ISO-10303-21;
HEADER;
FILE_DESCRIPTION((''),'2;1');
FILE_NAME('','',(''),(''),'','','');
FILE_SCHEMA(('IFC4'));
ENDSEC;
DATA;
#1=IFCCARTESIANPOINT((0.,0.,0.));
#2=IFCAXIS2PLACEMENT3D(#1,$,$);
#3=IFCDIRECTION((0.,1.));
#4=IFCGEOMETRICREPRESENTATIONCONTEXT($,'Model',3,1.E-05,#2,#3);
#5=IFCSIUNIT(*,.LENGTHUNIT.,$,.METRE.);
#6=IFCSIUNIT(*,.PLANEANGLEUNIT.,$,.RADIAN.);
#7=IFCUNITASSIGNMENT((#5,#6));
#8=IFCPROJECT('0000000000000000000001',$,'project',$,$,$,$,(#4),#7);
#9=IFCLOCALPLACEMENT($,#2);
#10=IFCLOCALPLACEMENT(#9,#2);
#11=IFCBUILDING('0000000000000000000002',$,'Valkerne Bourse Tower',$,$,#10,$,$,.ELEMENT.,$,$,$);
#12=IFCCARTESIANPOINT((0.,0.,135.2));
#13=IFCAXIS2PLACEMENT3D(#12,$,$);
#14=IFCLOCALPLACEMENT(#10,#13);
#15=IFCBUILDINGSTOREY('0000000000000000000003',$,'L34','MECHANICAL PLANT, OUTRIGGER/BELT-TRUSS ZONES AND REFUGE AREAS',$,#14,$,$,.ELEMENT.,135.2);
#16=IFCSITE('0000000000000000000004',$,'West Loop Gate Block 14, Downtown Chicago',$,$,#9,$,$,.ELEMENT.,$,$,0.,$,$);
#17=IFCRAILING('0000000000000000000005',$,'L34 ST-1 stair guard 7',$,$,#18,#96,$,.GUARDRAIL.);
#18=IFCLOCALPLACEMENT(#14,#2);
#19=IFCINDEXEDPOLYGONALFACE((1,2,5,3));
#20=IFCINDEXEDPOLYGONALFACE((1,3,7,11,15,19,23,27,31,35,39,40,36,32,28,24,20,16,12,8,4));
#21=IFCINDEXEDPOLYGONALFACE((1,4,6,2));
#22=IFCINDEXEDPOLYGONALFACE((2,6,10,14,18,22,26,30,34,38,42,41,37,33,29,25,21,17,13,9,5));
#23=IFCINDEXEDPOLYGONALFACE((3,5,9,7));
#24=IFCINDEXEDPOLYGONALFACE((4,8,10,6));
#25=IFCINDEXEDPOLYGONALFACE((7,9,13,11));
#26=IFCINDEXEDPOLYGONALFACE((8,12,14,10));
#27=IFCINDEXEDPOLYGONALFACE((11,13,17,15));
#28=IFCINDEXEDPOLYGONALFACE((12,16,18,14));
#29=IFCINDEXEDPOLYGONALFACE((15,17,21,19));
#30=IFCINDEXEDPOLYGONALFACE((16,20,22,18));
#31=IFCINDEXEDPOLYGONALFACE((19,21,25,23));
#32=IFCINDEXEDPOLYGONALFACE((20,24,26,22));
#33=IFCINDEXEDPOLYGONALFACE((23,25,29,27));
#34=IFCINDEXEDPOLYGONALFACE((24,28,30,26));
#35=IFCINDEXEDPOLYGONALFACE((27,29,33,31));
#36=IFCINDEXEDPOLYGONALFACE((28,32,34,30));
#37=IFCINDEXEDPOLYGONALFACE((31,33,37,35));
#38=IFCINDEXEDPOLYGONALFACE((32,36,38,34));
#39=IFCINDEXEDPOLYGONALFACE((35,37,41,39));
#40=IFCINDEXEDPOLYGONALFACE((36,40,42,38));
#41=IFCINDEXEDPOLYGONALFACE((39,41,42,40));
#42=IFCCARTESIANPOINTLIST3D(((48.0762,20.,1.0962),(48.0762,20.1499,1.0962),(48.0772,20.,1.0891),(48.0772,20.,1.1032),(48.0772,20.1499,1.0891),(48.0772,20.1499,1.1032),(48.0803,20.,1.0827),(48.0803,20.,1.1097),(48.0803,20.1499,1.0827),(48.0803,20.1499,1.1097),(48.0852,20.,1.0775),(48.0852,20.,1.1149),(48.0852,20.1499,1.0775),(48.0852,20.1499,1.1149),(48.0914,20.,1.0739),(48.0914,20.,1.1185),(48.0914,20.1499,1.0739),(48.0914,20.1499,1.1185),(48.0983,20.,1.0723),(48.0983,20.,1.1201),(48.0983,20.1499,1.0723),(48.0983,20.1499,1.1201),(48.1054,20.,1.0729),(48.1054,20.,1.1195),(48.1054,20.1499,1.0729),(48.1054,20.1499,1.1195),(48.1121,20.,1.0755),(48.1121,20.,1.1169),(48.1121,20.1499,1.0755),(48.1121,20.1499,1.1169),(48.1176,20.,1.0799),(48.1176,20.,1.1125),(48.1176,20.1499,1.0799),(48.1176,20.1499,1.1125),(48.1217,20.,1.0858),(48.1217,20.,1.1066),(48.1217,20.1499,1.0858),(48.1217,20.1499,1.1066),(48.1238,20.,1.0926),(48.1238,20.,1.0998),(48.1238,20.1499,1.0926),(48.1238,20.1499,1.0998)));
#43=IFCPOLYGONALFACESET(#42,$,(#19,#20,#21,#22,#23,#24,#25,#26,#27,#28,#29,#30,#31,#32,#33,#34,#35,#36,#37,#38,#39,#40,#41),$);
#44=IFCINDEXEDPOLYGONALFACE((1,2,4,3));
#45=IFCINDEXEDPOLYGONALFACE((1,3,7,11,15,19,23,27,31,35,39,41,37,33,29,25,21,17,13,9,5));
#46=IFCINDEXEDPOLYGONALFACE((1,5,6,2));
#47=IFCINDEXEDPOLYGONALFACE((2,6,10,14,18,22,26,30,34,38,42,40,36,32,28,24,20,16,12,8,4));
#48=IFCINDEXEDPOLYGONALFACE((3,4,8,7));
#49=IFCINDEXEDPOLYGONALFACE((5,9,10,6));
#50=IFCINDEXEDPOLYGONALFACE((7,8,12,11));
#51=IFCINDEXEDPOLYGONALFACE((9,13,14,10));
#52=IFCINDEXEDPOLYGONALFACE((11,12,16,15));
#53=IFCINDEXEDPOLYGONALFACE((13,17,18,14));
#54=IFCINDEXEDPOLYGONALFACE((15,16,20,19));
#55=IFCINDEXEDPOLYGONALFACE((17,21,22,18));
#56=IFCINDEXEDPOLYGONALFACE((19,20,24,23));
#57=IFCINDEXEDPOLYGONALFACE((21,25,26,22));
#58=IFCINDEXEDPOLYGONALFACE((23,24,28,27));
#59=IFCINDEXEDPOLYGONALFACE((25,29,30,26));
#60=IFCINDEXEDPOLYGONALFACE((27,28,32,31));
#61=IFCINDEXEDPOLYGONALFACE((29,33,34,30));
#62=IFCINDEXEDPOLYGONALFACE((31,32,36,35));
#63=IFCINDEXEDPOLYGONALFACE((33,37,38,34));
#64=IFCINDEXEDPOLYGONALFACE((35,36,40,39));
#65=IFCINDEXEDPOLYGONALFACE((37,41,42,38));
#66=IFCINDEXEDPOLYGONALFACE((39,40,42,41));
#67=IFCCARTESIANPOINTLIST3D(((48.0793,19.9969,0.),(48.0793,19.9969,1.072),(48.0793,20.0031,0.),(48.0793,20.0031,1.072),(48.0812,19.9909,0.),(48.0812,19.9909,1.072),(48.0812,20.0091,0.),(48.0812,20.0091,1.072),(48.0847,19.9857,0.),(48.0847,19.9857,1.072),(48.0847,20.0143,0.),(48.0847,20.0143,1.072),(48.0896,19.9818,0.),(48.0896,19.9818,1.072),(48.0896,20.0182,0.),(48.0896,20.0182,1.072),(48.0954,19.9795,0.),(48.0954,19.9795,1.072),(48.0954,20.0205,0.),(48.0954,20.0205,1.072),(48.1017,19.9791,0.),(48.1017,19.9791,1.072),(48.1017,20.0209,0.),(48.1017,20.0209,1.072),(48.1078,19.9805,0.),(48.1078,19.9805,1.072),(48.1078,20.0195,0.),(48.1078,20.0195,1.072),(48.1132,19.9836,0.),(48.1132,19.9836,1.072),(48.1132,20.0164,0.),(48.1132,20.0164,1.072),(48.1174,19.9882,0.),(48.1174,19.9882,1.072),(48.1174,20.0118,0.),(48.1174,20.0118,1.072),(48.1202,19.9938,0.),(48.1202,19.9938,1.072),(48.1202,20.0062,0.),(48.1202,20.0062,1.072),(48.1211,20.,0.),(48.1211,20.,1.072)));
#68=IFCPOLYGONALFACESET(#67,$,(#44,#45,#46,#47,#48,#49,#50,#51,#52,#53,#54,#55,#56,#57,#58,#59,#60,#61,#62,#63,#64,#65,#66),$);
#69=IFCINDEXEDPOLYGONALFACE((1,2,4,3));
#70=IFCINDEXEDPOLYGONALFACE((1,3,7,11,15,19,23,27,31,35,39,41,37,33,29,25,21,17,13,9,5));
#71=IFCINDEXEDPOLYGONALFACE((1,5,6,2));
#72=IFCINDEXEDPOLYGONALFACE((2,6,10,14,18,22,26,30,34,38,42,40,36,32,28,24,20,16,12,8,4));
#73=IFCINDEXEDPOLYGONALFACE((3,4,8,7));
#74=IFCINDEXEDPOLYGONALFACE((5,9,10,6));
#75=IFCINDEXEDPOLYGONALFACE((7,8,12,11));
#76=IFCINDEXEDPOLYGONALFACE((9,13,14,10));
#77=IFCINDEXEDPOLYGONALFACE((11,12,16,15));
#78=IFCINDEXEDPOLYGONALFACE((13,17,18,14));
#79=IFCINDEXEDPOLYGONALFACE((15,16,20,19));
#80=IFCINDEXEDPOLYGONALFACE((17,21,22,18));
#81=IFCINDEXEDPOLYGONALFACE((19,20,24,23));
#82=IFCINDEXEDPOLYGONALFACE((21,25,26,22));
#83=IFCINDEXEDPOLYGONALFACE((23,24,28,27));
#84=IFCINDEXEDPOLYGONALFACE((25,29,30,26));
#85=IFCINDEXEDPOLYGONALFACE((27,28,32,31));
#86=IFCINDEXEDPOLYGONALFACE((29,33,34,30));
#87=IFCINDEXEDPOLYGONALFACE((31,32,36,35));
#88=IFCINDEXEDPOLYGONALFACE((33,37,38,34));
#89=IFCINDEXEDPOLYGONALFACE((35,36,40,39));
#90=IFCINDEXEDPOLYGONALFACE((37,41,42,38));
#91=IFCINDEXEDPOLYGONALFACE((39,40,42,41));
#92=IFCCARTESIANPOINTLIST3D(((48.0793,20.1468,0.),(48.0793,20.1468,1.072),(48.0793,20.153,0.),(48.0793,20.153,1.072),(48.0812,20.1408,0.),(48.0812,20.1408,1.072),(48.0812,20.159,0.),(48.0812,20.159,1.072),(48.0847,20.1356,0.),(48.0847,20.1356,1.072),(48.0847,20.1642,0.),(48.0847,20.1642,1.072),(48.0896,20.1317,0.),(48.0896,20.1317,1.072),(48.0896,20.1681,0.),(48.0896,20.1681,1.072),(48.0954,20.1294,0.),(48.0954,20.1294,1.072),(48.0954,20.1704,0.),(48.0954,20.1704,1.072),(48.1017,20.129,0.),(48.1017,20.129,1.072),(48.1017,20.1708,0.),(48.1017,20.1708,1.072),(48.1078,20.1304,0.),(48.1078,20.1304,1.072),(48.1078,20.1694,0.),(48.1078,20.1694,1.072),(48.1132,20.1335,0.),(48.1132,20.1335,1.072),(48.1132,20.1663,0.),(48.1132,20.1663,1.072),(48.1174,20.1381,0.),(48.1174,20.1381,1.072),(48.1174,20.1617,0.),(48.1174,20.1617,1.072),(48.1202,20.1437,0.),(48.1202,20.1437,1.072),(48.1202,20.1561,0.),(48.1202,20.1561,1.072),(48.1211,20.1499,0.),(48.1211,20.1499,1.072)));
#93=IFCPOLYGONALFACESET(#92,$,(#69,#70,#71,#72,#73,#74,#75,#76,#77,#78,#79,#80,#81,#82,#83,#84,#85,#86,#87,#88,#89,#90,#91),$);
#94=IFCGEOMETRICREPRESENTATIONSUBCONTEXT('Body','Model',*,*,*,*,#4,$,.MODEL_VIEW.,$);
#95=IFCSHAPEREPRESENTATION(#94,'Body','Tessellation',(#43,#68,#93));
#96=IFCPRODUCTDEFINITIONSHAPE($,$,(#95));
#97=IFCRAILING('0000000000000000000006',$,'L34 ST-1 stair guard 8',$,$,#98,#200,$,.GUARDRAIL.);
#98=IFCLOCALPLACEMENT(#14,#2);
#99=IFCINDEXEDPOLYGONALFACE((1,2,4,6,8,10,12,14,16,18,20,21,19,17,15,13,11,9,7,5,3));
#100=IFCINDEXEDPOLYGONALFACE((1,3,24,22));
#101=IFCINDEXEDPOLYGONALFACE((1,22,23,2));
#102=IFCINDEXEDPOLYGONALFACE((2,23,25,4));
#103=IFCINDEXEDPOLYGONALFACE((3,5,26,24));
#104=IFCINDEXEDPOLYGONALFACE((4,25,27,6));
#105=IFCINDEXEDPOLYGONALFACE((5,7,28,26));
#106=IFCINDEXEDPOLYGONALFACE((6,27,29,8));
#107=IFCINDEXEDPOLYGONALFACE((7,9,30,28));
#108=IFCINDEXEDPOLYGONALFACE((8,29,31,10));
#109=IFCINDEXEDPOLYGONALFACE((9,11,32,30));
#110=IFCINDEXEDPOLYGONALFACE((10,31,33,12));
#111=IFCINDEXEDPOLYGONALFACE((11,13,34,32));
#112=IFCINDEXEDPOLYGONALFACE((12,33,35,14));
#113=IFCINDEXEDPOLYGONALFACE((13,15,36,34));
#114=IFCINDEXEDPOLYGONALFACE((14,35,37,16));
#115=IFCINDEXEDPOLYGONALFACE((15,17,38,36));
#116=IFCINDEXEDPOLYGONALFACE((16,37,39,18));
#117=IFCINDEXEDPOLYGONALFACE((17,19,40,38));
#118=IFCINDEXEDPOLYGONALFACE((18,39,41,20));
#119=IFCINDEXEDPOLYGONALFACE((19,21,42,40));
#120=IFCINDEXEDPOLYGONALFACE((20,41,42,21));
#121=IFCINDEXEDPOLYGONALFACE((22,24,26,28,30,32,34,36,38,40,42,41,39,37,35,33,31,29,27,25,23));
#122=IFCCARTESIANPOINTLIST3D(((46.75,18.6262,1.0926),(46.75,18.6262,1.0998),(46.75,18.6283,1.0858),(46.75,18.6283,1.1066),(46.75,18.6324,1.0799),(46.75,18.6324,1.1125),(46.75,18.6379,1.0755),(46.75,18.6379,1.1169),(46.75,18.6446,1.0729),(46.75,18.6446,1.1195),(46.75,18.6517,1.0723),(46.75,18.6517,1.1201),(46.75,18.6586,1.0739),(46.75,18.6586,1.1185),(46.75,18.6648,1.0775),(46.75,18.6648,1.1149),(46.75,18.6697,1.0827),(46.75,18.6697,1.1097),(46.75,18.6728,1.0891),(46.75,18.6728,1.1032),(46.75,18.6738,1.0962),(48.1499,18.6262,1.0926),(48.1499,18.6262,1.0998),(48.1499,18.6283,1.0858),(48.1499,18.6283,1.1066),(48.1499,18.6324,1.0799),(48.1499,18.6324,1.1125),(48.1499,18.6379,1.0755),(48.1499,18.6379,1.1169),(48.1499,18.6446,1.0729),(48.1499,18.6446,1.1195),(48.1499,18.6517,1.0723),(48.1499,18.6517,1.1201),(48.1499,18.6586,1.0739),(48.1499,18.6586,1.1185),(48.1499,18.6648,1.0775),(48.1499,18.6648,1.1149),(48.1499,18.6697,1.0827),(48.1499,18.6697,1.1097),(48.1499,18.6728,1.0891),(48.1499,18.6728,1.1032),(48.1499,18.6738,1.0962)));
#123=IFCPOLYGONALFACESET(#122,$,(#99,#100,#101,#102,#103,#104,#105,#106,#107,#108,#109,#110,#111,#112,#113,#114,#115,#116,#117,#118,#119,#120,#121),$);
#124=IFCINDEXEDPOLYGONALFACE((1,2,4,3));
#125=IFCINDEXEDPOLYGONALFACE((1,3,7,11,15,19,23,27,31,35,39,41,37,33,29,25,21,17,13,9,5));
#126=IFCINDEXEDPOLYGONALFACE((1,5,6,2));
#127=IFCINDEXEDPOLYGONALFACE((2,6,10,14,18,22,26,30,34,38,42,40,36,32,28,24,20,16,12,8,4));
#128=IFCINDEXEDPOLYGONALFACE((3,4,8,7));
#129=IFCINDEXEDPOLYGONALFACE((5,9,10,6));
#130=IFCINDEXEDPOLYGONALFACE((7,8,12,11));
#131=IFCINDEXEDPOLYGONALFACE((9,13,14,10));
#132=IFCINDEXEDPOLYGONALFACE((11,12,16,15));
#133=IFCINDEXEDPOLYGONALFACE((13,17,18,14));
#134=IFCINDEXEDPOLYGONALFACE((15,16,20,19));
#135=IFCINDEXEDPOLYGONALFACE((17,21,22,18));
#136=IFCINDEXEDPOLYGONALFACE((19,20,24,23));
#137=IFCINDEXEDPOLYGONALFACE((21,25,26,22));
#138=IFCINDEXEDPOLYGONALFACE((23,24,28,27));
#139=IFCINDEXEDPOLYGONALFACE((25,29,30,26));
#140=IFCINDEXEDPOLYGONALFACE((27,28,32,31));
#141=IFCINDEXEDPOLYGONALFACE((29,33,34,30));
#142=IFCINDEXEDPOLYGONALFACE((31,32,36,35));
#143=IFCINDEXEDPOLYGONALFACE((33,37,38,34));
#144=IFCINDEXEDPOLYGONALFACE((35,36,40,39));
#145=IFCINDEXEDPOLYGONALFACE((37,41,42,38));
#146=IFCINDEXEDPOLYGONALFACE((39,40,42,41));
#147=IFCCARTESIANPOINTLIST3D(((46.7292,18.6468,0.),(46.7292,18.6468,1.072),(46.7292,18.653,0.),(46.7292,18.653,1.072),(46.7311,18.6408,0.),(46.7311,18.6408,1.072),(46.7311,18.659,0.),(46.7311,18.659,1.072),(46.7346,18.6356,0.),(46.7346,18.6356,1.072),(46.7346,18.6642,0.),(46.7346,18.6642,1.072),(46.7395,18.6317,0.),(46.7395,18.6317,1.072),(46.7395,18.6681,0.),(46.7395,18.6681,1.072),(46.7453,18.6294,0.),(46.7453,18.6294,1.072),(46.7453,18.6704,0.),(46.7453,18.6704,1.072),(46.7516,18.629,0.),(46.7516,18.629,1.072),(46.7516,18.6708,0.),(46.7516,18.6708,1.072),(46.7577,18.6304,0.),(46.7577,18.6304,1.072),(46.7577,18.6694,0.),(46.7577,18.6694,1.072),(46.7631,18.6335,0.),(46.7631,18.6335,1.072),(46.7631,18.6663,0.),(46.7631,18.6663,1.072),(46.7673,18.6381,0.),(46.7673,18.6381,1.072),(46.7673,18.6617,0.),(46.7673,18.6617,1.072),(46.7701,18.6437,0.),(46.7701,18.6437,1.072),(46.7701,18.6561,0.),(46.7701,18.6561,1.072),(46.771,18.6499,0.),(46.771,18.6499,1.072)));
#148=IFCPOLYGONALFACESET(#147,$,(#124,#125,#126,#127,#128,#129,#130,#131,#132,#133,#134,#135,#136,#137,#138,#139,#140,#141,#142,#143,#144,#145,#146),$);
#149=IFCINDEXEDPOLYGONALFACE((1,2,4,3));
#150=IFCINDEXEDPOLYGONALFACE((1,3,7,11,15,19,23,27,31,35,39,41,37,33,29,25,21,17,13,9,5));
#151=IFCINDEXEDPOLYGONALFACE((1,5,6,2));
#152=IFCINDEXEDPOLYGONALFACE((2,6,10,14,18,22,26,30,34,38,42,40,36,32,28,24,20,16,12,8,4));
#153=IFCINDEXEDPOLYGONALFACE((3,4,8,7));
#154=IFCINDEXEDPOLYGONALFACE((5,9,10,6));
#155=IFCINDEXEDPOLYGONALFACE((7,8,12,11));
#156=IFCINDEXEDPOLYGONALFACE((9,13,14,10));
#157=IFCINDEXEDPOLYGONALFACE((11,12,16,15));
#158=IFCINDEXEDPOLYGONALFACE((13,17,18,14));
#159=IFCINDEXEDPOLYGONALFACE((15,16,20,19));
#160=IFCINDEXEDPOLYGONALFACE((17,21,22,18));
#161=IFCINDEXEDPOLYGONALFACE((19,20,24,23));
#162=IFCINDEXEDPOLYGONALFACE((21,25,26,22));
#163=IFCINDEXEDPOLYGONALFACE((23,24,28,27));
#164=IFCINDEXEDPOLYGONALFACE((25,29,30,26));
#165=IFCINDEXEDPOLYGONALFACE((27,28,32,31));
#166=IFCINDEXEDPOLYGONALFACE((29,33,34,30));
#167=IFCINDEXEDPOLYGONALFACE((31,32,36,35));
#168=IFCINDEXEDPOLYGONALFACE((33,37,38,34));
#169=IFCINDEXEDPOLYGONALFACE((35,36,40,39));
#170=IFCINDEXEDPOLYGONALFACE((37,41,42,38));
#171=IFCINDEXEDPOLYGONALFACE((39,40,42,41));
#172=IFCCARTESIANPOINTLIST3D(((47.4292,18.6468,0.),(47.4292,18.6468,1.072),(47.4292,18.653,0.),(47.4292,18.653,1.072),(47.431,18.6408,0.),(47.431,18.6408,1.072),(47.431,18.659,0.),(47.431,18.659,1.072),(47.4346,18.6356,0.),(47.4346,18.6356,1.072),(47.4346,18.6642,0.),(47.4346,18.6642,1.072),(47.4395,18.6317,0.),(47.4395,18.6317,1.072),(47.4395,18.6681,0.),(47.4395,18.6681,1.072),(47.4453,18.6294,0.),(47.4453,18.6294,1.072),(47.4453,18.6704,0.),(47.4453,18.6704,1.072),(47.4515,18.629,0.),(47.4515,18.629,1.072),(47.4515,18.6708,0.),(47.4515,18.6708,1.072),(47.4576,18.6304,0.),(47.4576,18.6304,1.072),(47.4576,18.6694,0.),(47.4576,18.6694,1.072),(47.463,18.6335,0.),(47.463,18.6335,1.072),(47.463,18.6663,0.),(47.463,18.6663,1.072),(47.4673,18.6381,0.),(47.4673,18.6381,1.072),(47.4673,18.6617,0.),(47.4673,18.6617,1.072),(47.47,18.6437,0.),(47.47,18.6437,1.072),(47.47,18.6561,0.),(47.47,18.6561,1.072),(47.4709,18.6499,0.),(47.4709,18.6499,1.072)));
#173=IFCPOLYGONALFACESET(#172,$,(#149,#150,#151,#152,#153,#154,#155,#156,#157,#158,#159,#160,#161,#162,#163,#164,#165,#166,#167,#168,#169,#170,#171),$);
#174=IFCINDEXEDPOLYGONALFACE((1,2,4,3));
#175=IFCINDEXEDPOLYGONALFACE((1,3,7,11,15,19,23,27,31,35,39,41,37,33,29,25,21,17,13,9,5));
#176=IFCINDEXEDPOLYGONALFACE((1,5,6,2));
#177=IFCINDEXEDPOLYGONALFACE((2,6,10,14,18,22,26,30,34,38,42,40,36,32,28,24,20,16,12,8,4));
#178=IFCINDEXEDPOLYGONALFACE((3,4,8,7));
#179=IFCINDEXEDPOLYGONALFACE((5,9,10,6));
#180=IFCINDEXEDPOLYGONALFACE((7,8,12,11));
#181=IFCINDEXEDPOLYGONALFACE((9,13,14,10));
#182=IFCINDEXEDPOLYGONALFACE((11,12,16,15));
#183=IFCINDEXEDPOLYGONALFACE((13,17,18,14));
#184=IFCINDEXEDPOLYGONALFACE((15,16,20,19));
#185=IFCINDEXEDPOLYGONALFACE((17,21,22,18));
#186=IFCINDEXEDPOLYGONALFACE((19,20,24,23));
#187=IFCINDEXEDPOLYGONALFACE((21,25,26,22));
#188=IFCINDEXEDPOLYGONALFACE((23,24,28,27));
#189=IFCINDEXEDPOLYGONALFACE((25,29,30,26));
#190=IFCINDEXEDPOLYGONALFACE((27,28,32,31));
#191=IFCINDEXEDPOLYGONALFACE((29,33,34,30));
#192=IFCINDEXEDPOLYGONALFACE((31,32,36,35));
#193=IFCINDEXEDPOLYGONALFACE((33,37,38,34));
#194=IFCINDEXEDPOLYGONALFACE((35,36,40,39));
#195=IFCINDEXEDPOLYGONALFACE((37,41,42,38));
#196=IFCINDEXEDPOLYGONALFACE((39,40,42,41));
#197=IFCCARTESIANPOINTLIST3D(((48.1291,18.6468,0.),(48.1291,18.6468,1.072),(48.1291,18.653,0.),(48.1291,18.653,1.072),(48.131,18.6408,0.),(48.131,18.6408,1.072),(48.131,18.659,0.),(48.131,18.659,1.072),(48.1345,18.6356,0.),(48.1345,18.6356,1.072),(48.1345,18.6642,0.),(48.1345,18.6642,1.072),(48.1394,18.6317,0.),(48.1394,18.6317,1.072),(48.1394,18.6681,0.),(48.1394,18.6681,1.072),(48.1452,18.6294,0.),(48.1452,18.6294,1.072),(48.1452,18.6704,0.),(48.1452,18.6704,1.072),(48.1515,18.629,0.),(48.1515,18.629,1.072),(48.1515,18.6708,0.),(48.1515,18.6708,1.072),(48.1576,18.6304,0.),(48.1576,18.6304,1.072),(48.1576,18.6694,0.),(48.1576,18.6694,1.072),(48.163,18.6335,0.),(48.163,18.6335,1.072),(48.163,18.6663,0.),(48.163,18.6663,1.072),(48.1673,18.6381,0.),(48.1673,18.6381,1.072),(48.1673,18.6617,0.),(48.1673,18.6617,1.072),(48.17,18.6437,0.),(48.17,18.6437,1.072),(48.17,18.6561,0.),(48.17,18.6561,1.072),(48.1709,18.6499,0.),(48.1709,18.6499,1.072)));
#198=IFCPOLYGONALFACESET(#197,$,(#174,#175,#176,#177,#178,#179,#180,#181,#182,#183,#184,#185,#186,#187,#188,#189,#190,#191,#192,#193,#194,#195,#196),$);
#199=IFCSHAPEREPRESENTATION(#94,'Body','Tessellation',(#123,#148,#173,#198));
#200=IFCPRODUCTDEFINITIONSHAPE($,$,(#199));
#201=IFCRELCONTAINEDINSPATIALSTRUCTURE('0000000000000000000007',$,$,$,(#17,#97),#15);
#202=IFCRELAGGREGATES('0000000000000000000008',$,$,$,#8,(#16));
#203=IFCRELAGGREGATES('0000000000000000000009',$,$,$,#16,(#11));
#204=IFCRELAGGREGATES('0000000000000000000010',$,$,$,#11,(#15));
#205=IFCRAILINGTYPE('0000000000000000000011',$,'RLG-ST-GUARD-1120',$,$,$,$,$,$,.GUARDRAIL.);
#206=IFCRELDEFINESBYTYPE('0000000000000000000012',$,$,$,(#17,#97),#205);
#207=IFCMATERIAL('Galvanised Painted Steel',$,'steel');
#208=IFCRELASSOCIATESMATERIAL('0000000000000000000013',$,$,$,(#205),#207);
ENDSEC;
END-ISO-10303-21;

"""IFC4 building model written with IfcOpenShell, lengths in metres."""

from ifc_helpers import new_model, si_unit, direction, frame, origin, origin_2d, place, context, subcontext, project, spatial, circle, extrude, material, type_object, element, save


model = new_model("IFC4")

# Units and contexts
model_context = context("Model", 3, precision=1e-05, world=origin(), true_north=direction((0.0, 1.0)))
body_context = subcontext(model_context, "Body", "Model", "MODEL_VIEW")
ifc_project = project(units=[si_unit("LENGTHUNIT", "METRE"), si_unit("PLANEANGLEUNIT", "RADIAN")], contexts=[model_context])

# Site, building, storey
site_placement = place(None, origin())
site = spatial("IfcSite", under=ifc_project, at=site_placement, Name="West Loop Gate Block 14, Downtown Chicago", CompositionType="ELEMENT", RefElevation=0.0)
building_placement = place(site_placement, origin())
building = spatial("IfcBuilding", under=site, at=building_placement, Name="Valkerne Bourse Tower", CompositionType="ELEMENT")
storey_placement = place(building_placement, frame((0.0, 0.0, 135.2)))
storey = spatial("IfcBuildingStorey", under=building, at=storey_placement, Name="L34", Description="MECHANICAL PLANT, OUTRIGGER/BELT-TRUSS ZONES AND REFUGE AREAS", CompositionType="ELEMENT", Elevation=135.2)

# Shared definitions
ifc_material_1 = material(Name="Galvanised Painted Steel", Category="steel")

# Railings
railing_type_1 = type_object("IfcRailingType", Name="RLG-ST-GUARD-1120", PredefinedType="GUARDRAIL", material=ifc_material_1)
railing_1_placement = place(storey_placement, frame((48.1001, 20.0, 0.0)))
element("IfcRailing", 1, at=railing_1_placement, inside=storey, type_object=railing_type_1, Name="L34 ST-1 stair guard 7", PredefinedType="GUARDRAIL", context=body_context, shape_type="SweptSolid", body=[
    extrude(circle(Radius=0.0239, at=origin_2d()), frame((0.0, 0.0, 1.0962), z_axis=(0.0, 1.0, 0.0), x_axis=(-1.0, 0.0, 0.0)), (0.0, 0.0, 1.0), 0.1499),
    extrude(circle(Radius=0.021, at=origin_2d()), origin(), (0.0, 0.0, 1.0), 1.072),
    extrude(circle(Radius=0.021, at=origin_2d()), frame((0.0, 0.1499, 0.0)), (0.0, 0.0, 1.0), 1.072),
])
railing_2_placement = place(storey_placement, frame((46.75, 18.6499, 0.0)))
element("IfcRailing", 2, at=railing_2_placement, inside=storey, type_object=railing_type_1, Name="L34 ST-1 stair guard 8", PredefinedType="GUARDRAIL", context=body_context, shape_type="SweptSolid", body=[
    extrude(circle(Radius=0.0239, at=origin_2d()), frame((0.0, 0.0, 1.0962), z_axis=(1.0, 0.0, 0.0), x_axis=(0.0, 1.0, 0.0)), (0.0, 0.0, 1.0), 1.3999),
    extrude(circle(Radius=0.021, at=origin_2d()), origin(), (0.0, 0.0, 1.0), 1.072),
    extrude(circle(Radius=0.021, at=origin_2d()), frame((0.7, 0.0, 0.0)), (0.0, 0.0, 1.0), 1.072),
    extrude(circle(Radius=0.021, at=origin_2d()), frame((1.3999, 0.0, 0.0)), (0.0, 0.0, 1.0), 1.072),
])

save(model, "model.ifc")
